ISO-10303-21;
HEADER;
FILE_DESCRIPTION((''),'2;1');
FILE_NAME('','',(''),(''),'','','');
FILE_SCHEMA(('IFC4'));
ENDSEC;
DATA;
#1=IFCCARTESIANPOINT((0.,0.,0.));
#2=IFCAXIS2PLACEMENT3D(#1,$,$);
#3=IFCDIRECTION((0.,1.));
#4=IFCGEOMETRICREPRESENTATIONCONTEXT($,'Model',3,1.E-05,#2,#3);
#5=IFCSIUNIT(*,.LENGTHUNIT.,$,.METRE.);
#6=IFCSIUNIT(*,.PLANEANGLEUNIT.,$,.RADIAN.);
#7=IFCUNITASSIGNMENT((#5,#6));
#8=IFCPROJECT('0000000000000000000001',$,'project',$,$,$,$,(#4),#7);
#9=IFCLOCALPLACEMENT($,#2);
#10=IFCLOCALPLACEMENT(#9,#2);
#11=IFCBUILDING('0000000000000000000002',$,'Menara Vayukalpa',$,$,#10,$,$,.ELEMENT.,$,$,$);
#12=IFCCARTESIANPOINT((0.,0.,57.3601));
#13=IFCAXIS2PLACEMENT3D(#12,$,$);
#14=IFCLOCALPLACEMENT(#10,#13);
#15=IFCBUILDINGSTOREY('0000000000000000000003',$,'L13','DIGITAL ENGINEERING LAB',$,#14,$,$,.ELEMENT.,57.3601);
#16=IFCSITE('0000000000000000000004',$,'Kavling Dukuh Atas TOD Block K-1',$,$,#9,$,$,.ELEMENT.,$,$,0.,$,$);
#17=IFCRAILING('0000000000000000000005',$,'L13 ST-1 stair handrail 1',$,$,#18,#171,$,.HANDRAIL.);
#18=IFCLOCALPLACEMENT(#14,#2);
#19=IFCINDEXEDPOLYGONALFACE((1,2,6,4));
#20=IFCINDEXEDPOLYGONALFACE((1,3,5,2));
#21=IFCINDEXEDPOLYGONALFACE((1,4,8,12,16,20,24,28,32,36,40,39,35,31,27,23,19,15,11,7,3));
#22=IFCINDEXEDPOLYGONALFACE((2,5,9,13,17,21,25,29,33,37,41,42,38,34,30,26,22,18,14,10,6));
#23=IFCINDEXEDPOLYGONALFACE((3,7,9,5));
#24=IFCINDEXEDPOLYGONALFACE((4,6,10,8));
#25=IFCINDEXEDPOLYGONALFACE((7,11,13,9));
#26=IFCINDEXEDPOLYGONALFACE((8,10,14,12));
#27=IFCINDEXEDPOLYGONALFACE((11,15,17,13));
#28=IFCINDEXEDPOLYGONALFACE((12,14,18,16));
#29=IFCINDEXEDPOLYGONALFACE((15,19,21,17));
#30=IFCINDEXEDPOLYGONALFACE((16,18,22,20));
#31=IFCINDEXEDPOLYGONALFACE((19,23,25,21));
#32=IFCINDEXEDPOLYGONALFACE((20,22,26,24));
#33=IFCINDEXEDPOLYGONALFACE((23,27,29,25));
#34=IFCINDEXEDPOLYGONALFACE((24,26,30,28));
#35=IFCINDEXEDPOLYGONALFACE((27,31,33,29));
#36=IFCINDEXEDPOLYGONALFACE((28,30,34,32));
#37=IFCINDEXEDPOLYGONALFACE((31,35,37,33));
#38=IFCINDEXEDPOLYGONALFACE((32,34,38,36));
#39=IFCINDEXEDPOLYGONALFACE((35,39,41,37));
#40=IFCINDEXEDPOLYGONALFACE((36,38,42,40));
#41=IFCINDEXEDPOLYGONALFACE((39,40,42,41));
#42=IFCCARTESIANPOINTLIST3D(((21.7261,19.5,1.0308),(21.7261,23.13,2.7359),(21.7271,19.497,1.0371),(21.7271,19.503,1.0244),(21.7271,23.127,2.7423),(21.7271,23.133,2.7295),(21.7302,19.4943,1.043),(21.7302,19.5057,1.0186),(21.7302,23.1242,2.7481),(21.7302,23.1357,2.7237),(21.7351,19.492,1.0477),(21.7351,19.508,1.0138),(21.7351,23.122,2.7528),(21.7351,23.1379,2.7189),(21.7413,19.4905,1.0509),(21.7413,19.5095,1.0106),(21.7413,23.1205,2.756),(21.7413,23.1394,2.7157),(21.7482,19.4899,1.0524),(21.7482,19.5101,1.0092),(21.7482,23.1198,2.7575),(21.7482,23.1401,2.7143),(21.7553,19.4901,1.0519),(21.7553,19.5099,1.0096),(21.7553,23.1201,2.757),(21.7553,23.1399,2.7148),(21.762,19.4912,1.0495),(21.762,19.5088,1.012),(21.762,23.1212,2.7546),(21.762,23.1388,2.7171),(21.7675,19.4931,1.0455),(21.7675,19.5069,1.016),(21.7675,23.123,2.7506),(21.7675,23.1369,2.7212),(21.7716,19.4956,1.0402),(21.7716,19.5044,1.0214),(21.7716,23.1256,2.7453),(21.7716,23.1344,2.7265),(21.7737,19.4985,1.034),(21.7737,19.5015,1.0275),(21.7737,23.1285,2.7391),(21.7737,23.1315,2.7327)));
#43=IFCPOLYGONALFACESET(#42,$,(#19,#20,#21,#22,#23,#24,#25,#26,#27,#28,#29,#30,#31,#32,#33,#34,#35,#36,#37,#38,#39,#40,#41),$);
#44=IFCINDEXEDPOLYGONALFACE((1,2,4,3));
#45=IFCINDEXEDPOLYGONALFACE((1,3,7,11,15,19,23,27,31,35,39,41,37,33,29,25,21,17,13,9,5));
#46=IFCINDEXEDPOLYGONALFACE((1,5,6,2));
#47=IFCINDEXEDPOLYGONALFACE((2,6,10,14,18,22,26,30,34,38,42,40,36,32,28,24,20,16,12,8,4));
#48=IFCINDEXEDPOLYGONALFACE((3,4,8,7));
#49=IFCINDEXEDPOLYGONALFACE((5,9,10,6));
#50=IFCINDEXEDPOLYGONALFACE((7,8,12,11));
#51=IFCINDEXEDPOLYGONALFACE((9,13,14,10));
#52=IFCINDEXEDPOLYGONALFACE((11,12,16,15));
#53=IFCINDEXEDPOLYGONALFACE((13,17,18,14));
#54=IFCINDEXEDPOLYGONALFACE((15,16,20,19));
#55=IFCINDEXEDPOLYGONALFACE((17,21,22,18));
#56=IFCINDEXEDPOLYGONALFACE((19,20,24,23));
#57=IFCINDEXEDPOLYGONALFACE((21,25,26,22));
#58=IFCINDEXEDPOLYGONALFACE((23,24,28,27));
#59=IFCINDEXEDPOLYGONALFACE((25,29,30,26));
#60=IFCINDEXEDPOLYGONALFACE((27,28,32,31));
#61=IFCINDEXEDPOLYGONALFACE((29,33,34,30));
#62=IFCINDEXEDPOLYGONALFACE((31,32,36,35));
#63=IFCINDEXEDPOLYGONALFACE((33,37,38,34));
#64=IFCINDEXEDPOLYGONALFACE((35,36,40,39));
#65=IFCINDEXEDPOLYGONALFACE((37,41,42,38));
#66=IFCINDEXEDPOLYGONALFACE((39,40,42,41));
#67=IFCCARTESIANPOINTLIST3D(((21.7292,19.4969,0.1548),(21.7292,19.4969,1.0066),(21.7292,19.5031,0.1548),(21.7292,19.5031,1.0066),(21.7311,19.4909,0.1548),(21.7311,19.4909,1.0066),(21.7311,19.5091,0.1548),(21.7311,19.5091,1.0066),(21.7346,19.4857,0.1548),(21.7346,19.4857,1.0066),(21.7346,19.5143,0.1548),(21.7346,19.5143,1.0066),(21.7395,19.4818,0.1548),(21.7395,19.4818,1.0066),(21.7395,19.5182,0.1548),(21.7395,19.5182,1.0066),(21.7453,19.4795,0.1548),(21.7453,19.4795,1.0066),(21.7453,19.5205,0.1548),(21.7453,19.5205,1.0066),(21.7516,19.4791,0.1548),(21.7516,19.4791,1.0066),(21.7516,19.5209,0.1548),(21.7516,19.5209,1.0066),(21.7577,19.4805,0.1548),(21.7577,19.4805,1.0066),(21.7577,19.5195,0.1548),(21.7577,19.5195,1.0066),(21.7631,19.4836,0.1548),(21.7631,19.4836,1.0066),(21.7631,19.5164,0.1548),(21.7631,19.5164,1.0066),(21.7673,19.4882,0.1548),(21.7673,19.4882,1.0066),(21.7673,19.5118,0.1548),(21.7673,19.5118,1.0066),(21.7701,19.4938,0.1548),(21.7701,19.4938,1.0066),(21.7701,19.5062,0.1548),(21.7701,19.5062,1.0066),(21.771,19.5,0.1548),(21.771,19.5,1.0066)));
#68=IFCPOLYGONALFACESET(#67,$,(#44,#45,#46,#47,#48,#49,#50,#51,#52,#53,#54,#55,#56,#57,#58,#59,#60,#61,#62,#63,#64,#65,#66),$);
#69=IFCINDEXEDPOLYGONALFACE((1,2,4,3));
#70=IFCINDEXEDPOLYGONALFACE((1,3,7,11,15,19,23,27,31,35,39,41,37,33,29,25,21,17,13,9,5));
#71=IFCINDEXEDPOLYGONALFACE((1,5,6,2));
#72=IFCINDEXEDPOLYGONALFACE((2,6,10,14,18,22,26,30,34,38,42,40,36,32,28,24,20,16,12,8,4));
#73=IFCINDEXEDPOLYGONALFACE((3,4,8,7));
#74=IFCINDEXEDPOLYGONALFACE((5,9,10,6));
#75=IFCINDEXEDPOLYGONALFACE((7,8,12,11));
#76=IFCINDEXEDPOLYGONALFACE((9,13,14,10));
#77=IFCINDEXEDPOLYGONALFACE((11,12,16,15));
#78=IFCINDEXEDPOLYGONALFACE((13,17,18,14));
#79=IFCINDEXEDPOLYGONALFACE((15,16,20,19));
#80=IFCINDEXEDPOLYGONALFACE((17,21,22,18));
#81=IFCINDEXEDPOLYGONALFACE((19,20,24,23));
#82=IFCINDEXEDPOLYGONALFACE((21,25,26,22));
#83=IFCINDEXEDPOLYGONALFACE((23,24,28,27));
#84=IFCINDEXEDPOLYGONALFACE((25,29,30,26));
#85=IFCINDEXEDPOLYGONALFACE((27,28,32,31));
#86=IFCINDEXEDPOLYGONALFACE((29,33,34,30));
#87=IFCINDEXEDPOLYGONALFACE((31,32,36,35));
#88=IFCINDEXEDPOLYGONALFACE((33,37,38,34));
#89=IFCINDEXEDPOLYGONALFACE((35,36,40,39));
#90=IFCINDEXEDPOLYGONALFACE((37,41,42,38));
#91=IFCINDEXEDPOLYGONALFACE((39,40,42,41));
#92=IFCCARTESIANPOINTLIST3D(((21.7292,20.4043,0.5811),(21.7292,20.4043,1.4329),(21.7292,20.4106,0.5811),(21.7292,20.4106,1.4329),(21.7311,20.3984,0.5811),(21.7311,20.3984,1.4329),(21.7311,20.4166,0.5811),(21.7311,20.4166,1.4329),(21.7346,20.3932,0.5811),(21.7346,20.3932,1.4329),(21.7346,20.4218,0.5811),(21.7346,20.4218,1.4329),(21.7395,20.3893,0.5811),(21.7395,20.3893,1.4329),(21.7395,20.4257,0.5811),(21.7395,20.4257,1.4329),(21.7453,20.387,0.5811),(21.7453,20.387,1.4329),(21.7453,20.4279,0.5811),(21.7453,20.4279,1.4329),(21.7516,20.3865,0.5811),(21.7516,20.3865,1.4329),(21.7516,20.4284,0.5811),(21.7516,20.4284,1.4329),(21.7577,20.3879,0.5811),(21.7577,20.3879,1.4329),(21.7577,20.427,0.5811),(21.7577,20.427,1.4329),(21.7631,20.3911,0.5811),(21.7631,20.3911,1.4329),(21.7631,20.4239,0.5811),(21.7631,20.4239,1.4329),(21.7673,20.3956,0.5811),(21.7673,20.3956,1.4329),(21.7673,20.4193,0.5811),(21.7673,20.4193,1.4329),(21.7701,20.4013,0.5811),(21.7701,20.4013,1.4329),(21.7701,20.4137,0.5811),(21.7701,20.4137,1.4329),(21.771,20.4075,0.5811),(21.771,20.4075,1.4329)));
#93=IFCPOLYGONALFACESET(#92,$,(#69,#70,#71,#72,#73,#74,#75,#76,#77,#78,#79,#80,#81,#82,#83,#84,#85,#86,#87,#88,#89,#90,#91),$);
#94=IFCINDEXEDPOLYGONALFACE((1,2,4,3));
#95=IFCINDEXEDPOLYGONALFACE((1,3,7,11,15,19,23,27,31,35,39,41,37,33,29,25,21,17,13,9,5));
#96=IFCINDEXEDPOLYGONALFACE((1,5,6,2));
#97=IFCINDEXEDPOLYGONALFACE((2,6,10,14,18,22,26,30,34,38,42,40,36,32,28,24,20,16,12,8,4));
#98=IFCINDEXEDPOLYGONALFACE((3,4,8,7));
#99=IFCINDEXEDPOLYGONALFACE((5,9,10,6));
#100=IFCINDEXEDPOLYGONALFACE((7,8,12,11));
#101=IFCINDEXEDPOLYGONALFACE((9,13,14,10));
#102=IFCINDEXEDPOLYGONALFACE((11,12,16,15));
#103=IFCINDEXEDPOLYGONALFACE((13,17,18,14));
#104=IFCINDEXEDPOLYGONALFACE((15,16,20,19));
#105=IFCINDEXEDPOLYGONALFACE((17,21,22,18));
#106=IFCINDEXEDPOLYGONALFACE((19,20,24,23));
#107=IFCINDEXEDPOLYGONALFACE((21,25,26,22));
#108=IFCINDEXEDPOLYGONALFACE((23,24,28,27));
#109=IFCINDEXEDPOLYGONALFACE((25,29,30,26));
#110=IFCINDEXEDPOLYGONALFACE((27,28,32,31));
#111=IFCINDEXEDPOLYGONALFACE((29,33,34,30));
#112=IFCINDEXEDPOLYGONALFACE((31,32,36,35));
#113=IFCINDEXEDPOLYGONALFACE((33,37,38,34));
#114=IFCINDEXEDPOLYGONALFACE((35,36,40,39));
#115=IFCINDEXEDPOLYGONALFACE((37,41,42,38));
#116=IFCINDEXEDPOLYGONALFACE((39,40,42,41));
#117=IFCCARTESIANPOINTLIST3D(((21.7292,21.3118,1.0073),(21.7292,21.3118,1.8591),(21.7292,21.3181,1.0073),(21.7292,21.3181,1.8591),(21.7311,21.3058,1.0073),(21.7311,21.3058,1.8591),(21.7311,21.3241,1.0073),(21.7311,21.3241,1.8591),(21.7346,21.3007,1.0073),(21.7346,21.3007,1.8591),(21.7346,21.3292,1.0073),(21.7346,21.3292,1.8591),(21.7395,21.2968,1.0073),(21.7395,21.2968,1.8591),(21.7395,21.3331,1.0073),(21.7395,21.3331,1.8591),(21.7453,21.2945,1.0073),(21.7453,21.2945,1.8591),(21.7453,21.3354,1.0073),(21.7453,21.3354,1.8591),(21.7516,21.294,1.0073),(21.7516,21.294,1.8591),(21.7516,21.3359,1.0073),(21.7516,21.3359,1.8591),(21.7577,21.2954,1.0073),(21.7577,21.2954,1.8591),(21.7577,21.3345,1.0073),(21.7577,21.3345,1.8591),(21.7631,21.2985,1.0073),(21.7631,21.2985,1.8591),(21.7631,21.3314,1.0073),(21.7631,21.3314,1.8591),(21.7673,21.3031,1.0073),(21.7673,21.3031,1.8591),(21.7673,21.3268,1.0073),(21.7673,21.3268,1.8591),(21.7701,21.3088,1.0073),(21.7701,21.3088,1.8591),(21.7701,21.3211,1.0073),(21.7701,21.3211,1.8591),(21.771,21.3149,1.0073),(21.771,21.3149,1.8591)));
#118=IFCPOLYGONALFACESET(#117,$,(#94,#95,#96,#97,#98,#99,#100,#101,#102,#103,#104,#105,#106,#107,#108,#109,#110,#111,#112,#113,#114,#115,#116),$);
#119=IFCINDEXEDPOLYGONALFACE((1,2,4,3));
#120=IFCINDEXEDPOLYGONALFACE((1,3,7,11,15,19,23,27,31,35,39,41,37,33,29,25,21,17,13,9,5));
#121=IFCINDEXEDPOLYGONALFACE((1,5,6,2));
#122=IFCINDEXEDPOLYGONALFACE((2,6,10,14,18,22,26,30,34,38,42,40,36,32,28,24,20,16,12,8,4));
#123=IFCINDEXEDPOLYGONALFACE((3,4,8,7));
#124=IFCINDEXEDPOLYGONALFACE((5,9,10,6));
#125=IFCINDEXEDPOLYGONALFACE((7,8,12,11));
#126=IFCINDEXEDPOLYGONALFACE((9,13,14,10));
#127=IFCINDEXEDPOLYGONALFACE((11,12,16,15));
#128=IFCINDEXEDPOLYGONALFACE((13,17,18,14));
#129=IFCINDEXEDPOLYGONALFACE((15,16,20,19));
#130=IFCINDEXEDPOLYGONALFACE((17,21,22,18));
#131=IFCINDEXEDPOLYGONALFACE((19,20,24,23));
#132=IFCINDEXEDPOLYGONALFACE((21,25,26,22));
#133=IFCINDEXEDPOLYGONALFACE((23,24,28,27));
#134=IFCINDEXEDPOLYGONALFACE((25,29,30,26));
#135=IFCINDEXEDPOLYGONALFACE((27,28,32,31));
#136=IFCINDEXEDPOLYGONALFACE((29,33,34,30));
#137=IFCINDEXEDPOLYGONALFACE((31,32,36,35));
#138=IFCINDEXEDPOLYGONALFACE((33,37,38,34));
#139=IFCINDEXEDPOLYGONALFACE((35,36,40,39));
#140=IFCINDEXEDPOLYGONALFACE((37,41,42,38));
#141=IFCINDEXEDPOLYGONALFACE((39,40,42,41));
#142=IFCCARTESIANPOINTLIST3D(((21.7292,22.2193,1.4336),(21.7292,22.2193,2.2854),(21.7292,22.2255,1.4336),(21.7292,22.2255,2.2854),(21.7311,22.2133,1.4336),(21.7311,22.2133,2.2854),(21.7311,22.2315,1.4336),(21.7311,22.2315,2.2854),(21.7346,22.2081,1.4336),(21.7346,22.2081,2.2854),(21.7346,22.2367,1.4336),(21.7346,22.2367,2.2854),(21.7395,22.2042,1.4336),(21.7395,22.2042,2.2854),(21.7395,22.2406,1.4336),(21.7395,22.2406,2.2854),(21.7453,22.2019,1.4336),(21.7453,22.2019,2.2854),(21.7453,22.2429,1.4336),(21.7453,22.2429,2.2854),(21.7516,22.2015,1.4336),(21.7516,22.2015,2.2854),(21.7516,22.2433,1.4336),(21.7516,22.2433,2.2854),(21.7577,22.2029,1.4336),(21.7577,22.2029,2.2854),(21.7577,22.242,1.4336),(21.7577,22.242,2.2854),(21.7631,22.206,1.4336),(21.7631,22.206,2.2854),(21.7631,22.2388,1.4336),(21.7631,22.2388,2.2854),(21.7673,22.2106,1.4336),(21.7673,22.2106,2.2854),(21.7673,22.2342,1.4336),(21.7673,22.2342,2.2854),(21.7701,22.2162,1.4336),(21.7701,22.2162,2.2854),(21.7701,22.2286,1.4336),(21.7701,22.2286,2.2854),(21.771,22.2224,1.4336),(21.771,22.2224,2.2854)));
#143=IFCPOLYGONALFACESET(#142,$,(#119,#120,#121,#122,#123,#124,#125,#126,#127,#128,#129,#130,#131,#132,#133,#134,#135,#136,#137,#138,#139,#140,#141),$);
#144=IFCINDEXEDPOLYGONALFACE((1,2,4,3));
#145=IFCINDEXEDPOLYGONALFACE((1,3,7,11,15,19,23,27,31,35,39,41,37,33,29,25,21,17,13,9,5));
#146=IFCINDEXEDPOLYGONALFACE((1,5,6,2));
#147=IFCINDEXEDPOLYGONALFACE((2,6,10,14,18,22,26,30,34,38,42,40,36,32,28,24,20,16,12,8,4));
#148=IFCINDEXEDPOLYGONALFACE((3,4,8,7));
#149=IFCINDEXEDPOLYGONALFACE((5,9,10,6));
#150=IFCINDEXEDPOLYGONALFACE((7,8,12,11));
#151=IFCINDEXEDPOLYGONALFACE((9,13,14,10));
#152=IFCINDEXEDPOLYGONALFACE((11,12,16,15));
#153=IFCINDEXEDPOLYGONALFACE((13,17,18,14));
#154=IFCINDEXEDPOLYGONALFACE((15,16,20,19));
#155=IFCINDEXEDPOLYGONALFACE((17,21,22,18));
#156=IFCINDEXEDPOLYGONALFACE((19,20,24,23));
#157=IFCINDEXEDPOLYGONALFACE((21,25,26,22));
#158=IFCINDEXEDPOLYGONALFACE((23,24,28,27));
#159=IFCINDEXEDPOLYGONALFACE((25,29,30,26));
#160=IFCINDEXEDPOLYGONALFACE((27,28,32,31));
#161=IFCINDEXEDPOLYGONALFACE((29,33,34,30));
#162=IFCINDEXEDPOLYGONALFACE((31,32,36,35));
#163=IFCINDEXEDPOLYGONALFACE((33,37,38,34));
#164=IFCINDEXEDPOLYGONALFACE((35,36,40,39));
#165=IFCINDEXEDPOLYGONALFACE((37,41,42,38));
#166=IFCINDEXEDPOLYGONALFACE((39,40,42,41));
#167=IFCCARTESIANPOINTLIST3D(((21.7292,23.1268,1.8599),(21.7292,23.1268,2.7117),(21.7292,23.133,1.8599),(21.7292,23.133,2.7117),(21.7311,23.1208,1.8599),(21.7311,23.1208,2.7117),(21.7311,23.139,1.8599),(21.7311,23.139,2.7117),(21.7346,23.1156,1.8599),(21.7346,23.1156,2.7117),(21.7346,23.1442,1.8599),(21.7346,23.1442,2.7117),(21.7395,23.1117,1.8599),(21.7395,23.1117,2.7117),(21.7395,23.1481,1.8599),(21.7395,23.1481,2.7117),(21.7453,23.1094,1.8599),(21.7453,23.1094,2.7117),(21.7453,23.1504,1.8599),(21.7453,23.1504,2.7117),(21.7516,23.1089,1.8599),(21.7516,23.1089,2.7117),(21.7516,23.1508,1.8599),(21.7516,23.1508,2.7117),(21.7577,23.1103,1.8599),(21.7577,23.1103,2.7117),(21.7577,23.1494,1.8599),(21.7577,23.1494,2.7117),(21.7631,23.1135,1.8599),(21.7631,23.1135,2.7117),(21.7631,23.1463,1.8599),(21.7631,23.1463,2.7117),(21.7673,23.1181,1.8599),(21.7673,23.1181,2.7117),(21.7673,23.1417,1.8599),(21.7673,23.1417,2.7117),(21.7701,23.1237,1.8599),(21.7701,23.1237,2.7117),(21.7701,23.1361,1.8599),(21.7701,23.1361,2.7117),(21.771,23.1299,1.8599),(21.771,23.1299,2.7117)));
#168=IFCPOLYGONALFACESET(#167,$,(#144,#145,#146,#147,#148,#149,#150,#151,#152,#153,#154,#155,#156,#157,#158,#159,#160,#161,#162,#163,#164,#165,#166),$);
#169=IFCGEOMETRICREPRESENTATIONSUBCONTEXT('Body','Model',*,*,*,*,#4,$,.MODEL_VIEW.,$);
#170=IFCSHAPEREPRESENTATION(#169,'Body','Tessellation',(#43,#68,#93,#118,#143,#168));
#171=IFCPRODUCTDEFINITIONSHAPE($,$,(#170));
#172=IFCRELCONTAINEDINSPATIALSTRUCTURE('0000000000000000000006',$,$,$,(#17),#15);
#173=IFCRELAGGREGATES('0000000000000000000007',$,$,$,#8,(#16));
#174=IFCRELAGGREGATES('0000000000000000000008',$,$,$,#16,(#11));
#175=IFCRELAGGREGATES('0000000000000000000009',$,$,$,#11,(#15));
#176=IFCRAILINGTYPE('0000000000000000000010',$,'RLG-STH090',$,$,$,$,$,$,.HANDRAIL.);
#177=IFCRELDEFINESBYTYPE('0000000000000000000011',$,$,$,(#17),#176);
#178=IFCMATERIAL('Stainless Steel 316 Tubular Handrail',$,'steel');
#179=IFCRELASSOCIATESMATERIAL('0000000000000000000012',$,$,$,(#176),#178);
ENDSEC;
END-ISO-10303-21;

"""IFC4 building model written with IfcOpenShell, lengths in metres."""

from ifc_helpers import new_model, si_unit, direction, frame, origin, origin_2d, place, context, subcontext, project, spatial, circle, extrude, material, type_object, element, save


model = new_model("IFC4")

# Units and contexts
model_context = context("Model", 3, precision=1e-05, world=origin(), true_north=direction((0.0, 1.0)))
body_context = subcontext(model_context, "Body", "Model", "MODEL_VIEW")
ifc_project = project(units=[si_unit("LENGTHUNIT", "METRE"), si_unit("PLANEANGLEUNIT", "RADIAN")], contexts=[model_context])

# Site, building, storey
site_placement = place(None, origin())
site = spatial("IfcSite", under=ifc_project, at=site_placement, Name="Kavling Dukuh Atas TOD Block K-1", CompositionType="ELEMENT", RefElevation=0.0)
building_placement = place(site_placement, origin())
building = spatial("IfcBuilding", under=site, at=building_placement, Name="Menara Vayukalpa", CompositionType="ELEMENT")
storey_placement = place(building_placement, frame((0.0, 0.0, 57.3601)))
storey = spatial("IfcBuildingStorey", under=building, at=storey_placement, Name="L13", Description="DIGITAL ENGINEERING LAB", CompositionType="ELEMENT", Elevation=57.3601)

# Railing
ifc_material_1 = material(Name="Stainless Steel 316 Tubular Handrail", Category="steel")
railing_type_1 = type_object("IfcRailingType", Name="RLG-STH090", PredefinedType="HANDRAIL", material=ifc_material_1)
railing_1_placement = place(storey_placement, frame((21.75, 19.5, 0.1548)))
element("IfcRailing", 1, at=railing_1_placement, inside=storey, type_object=railing_type_1, Name="L13 ST-1 stair handrail 1", PredefinedType="HANDRAIL", context=body_context, shape_type="SweptSolid", body=[
    extrude(circle(Radius=0.0239, at=origin_2d()), frame((0.0, 0.0, 0.876), z_axis=(0.0, 0.905116, 0.425164), x_axis=(-1.0, 0.0, 0.0)), (0.0, 0.0, 1.0), 4.0105),
    extrude(circle(Radius=0.021, at=origin_2d()), origin(), (0.0, 0.0, 1.0), 0.8518),
    extrude(circle(Radius=0.021, at=origin_2d()), frame((0.0, 0.9075, 0.4263)), (0.0, 0.0, 1.0), 0.8518),
    extrude(circle(Radius=0.021, at=origin_2d()), frame((0.0, 1.8149, 0.8525)), (0.0, 0.0, 1.0), 0.8518),
    extrude(circle(Radius=0.021, at=origin_2d()), frame((0.0, 2.7224, 1.2788)), (0.0, 0.0, 1.0), 0.8518),
    extrude(circle(Radius=0.021, at=origin_2d()), frame((0.0, 3.6299, 1.7051)), (0.0, 0.0, 1.0), 0.8518),
])

save(model, "model.ifc")
